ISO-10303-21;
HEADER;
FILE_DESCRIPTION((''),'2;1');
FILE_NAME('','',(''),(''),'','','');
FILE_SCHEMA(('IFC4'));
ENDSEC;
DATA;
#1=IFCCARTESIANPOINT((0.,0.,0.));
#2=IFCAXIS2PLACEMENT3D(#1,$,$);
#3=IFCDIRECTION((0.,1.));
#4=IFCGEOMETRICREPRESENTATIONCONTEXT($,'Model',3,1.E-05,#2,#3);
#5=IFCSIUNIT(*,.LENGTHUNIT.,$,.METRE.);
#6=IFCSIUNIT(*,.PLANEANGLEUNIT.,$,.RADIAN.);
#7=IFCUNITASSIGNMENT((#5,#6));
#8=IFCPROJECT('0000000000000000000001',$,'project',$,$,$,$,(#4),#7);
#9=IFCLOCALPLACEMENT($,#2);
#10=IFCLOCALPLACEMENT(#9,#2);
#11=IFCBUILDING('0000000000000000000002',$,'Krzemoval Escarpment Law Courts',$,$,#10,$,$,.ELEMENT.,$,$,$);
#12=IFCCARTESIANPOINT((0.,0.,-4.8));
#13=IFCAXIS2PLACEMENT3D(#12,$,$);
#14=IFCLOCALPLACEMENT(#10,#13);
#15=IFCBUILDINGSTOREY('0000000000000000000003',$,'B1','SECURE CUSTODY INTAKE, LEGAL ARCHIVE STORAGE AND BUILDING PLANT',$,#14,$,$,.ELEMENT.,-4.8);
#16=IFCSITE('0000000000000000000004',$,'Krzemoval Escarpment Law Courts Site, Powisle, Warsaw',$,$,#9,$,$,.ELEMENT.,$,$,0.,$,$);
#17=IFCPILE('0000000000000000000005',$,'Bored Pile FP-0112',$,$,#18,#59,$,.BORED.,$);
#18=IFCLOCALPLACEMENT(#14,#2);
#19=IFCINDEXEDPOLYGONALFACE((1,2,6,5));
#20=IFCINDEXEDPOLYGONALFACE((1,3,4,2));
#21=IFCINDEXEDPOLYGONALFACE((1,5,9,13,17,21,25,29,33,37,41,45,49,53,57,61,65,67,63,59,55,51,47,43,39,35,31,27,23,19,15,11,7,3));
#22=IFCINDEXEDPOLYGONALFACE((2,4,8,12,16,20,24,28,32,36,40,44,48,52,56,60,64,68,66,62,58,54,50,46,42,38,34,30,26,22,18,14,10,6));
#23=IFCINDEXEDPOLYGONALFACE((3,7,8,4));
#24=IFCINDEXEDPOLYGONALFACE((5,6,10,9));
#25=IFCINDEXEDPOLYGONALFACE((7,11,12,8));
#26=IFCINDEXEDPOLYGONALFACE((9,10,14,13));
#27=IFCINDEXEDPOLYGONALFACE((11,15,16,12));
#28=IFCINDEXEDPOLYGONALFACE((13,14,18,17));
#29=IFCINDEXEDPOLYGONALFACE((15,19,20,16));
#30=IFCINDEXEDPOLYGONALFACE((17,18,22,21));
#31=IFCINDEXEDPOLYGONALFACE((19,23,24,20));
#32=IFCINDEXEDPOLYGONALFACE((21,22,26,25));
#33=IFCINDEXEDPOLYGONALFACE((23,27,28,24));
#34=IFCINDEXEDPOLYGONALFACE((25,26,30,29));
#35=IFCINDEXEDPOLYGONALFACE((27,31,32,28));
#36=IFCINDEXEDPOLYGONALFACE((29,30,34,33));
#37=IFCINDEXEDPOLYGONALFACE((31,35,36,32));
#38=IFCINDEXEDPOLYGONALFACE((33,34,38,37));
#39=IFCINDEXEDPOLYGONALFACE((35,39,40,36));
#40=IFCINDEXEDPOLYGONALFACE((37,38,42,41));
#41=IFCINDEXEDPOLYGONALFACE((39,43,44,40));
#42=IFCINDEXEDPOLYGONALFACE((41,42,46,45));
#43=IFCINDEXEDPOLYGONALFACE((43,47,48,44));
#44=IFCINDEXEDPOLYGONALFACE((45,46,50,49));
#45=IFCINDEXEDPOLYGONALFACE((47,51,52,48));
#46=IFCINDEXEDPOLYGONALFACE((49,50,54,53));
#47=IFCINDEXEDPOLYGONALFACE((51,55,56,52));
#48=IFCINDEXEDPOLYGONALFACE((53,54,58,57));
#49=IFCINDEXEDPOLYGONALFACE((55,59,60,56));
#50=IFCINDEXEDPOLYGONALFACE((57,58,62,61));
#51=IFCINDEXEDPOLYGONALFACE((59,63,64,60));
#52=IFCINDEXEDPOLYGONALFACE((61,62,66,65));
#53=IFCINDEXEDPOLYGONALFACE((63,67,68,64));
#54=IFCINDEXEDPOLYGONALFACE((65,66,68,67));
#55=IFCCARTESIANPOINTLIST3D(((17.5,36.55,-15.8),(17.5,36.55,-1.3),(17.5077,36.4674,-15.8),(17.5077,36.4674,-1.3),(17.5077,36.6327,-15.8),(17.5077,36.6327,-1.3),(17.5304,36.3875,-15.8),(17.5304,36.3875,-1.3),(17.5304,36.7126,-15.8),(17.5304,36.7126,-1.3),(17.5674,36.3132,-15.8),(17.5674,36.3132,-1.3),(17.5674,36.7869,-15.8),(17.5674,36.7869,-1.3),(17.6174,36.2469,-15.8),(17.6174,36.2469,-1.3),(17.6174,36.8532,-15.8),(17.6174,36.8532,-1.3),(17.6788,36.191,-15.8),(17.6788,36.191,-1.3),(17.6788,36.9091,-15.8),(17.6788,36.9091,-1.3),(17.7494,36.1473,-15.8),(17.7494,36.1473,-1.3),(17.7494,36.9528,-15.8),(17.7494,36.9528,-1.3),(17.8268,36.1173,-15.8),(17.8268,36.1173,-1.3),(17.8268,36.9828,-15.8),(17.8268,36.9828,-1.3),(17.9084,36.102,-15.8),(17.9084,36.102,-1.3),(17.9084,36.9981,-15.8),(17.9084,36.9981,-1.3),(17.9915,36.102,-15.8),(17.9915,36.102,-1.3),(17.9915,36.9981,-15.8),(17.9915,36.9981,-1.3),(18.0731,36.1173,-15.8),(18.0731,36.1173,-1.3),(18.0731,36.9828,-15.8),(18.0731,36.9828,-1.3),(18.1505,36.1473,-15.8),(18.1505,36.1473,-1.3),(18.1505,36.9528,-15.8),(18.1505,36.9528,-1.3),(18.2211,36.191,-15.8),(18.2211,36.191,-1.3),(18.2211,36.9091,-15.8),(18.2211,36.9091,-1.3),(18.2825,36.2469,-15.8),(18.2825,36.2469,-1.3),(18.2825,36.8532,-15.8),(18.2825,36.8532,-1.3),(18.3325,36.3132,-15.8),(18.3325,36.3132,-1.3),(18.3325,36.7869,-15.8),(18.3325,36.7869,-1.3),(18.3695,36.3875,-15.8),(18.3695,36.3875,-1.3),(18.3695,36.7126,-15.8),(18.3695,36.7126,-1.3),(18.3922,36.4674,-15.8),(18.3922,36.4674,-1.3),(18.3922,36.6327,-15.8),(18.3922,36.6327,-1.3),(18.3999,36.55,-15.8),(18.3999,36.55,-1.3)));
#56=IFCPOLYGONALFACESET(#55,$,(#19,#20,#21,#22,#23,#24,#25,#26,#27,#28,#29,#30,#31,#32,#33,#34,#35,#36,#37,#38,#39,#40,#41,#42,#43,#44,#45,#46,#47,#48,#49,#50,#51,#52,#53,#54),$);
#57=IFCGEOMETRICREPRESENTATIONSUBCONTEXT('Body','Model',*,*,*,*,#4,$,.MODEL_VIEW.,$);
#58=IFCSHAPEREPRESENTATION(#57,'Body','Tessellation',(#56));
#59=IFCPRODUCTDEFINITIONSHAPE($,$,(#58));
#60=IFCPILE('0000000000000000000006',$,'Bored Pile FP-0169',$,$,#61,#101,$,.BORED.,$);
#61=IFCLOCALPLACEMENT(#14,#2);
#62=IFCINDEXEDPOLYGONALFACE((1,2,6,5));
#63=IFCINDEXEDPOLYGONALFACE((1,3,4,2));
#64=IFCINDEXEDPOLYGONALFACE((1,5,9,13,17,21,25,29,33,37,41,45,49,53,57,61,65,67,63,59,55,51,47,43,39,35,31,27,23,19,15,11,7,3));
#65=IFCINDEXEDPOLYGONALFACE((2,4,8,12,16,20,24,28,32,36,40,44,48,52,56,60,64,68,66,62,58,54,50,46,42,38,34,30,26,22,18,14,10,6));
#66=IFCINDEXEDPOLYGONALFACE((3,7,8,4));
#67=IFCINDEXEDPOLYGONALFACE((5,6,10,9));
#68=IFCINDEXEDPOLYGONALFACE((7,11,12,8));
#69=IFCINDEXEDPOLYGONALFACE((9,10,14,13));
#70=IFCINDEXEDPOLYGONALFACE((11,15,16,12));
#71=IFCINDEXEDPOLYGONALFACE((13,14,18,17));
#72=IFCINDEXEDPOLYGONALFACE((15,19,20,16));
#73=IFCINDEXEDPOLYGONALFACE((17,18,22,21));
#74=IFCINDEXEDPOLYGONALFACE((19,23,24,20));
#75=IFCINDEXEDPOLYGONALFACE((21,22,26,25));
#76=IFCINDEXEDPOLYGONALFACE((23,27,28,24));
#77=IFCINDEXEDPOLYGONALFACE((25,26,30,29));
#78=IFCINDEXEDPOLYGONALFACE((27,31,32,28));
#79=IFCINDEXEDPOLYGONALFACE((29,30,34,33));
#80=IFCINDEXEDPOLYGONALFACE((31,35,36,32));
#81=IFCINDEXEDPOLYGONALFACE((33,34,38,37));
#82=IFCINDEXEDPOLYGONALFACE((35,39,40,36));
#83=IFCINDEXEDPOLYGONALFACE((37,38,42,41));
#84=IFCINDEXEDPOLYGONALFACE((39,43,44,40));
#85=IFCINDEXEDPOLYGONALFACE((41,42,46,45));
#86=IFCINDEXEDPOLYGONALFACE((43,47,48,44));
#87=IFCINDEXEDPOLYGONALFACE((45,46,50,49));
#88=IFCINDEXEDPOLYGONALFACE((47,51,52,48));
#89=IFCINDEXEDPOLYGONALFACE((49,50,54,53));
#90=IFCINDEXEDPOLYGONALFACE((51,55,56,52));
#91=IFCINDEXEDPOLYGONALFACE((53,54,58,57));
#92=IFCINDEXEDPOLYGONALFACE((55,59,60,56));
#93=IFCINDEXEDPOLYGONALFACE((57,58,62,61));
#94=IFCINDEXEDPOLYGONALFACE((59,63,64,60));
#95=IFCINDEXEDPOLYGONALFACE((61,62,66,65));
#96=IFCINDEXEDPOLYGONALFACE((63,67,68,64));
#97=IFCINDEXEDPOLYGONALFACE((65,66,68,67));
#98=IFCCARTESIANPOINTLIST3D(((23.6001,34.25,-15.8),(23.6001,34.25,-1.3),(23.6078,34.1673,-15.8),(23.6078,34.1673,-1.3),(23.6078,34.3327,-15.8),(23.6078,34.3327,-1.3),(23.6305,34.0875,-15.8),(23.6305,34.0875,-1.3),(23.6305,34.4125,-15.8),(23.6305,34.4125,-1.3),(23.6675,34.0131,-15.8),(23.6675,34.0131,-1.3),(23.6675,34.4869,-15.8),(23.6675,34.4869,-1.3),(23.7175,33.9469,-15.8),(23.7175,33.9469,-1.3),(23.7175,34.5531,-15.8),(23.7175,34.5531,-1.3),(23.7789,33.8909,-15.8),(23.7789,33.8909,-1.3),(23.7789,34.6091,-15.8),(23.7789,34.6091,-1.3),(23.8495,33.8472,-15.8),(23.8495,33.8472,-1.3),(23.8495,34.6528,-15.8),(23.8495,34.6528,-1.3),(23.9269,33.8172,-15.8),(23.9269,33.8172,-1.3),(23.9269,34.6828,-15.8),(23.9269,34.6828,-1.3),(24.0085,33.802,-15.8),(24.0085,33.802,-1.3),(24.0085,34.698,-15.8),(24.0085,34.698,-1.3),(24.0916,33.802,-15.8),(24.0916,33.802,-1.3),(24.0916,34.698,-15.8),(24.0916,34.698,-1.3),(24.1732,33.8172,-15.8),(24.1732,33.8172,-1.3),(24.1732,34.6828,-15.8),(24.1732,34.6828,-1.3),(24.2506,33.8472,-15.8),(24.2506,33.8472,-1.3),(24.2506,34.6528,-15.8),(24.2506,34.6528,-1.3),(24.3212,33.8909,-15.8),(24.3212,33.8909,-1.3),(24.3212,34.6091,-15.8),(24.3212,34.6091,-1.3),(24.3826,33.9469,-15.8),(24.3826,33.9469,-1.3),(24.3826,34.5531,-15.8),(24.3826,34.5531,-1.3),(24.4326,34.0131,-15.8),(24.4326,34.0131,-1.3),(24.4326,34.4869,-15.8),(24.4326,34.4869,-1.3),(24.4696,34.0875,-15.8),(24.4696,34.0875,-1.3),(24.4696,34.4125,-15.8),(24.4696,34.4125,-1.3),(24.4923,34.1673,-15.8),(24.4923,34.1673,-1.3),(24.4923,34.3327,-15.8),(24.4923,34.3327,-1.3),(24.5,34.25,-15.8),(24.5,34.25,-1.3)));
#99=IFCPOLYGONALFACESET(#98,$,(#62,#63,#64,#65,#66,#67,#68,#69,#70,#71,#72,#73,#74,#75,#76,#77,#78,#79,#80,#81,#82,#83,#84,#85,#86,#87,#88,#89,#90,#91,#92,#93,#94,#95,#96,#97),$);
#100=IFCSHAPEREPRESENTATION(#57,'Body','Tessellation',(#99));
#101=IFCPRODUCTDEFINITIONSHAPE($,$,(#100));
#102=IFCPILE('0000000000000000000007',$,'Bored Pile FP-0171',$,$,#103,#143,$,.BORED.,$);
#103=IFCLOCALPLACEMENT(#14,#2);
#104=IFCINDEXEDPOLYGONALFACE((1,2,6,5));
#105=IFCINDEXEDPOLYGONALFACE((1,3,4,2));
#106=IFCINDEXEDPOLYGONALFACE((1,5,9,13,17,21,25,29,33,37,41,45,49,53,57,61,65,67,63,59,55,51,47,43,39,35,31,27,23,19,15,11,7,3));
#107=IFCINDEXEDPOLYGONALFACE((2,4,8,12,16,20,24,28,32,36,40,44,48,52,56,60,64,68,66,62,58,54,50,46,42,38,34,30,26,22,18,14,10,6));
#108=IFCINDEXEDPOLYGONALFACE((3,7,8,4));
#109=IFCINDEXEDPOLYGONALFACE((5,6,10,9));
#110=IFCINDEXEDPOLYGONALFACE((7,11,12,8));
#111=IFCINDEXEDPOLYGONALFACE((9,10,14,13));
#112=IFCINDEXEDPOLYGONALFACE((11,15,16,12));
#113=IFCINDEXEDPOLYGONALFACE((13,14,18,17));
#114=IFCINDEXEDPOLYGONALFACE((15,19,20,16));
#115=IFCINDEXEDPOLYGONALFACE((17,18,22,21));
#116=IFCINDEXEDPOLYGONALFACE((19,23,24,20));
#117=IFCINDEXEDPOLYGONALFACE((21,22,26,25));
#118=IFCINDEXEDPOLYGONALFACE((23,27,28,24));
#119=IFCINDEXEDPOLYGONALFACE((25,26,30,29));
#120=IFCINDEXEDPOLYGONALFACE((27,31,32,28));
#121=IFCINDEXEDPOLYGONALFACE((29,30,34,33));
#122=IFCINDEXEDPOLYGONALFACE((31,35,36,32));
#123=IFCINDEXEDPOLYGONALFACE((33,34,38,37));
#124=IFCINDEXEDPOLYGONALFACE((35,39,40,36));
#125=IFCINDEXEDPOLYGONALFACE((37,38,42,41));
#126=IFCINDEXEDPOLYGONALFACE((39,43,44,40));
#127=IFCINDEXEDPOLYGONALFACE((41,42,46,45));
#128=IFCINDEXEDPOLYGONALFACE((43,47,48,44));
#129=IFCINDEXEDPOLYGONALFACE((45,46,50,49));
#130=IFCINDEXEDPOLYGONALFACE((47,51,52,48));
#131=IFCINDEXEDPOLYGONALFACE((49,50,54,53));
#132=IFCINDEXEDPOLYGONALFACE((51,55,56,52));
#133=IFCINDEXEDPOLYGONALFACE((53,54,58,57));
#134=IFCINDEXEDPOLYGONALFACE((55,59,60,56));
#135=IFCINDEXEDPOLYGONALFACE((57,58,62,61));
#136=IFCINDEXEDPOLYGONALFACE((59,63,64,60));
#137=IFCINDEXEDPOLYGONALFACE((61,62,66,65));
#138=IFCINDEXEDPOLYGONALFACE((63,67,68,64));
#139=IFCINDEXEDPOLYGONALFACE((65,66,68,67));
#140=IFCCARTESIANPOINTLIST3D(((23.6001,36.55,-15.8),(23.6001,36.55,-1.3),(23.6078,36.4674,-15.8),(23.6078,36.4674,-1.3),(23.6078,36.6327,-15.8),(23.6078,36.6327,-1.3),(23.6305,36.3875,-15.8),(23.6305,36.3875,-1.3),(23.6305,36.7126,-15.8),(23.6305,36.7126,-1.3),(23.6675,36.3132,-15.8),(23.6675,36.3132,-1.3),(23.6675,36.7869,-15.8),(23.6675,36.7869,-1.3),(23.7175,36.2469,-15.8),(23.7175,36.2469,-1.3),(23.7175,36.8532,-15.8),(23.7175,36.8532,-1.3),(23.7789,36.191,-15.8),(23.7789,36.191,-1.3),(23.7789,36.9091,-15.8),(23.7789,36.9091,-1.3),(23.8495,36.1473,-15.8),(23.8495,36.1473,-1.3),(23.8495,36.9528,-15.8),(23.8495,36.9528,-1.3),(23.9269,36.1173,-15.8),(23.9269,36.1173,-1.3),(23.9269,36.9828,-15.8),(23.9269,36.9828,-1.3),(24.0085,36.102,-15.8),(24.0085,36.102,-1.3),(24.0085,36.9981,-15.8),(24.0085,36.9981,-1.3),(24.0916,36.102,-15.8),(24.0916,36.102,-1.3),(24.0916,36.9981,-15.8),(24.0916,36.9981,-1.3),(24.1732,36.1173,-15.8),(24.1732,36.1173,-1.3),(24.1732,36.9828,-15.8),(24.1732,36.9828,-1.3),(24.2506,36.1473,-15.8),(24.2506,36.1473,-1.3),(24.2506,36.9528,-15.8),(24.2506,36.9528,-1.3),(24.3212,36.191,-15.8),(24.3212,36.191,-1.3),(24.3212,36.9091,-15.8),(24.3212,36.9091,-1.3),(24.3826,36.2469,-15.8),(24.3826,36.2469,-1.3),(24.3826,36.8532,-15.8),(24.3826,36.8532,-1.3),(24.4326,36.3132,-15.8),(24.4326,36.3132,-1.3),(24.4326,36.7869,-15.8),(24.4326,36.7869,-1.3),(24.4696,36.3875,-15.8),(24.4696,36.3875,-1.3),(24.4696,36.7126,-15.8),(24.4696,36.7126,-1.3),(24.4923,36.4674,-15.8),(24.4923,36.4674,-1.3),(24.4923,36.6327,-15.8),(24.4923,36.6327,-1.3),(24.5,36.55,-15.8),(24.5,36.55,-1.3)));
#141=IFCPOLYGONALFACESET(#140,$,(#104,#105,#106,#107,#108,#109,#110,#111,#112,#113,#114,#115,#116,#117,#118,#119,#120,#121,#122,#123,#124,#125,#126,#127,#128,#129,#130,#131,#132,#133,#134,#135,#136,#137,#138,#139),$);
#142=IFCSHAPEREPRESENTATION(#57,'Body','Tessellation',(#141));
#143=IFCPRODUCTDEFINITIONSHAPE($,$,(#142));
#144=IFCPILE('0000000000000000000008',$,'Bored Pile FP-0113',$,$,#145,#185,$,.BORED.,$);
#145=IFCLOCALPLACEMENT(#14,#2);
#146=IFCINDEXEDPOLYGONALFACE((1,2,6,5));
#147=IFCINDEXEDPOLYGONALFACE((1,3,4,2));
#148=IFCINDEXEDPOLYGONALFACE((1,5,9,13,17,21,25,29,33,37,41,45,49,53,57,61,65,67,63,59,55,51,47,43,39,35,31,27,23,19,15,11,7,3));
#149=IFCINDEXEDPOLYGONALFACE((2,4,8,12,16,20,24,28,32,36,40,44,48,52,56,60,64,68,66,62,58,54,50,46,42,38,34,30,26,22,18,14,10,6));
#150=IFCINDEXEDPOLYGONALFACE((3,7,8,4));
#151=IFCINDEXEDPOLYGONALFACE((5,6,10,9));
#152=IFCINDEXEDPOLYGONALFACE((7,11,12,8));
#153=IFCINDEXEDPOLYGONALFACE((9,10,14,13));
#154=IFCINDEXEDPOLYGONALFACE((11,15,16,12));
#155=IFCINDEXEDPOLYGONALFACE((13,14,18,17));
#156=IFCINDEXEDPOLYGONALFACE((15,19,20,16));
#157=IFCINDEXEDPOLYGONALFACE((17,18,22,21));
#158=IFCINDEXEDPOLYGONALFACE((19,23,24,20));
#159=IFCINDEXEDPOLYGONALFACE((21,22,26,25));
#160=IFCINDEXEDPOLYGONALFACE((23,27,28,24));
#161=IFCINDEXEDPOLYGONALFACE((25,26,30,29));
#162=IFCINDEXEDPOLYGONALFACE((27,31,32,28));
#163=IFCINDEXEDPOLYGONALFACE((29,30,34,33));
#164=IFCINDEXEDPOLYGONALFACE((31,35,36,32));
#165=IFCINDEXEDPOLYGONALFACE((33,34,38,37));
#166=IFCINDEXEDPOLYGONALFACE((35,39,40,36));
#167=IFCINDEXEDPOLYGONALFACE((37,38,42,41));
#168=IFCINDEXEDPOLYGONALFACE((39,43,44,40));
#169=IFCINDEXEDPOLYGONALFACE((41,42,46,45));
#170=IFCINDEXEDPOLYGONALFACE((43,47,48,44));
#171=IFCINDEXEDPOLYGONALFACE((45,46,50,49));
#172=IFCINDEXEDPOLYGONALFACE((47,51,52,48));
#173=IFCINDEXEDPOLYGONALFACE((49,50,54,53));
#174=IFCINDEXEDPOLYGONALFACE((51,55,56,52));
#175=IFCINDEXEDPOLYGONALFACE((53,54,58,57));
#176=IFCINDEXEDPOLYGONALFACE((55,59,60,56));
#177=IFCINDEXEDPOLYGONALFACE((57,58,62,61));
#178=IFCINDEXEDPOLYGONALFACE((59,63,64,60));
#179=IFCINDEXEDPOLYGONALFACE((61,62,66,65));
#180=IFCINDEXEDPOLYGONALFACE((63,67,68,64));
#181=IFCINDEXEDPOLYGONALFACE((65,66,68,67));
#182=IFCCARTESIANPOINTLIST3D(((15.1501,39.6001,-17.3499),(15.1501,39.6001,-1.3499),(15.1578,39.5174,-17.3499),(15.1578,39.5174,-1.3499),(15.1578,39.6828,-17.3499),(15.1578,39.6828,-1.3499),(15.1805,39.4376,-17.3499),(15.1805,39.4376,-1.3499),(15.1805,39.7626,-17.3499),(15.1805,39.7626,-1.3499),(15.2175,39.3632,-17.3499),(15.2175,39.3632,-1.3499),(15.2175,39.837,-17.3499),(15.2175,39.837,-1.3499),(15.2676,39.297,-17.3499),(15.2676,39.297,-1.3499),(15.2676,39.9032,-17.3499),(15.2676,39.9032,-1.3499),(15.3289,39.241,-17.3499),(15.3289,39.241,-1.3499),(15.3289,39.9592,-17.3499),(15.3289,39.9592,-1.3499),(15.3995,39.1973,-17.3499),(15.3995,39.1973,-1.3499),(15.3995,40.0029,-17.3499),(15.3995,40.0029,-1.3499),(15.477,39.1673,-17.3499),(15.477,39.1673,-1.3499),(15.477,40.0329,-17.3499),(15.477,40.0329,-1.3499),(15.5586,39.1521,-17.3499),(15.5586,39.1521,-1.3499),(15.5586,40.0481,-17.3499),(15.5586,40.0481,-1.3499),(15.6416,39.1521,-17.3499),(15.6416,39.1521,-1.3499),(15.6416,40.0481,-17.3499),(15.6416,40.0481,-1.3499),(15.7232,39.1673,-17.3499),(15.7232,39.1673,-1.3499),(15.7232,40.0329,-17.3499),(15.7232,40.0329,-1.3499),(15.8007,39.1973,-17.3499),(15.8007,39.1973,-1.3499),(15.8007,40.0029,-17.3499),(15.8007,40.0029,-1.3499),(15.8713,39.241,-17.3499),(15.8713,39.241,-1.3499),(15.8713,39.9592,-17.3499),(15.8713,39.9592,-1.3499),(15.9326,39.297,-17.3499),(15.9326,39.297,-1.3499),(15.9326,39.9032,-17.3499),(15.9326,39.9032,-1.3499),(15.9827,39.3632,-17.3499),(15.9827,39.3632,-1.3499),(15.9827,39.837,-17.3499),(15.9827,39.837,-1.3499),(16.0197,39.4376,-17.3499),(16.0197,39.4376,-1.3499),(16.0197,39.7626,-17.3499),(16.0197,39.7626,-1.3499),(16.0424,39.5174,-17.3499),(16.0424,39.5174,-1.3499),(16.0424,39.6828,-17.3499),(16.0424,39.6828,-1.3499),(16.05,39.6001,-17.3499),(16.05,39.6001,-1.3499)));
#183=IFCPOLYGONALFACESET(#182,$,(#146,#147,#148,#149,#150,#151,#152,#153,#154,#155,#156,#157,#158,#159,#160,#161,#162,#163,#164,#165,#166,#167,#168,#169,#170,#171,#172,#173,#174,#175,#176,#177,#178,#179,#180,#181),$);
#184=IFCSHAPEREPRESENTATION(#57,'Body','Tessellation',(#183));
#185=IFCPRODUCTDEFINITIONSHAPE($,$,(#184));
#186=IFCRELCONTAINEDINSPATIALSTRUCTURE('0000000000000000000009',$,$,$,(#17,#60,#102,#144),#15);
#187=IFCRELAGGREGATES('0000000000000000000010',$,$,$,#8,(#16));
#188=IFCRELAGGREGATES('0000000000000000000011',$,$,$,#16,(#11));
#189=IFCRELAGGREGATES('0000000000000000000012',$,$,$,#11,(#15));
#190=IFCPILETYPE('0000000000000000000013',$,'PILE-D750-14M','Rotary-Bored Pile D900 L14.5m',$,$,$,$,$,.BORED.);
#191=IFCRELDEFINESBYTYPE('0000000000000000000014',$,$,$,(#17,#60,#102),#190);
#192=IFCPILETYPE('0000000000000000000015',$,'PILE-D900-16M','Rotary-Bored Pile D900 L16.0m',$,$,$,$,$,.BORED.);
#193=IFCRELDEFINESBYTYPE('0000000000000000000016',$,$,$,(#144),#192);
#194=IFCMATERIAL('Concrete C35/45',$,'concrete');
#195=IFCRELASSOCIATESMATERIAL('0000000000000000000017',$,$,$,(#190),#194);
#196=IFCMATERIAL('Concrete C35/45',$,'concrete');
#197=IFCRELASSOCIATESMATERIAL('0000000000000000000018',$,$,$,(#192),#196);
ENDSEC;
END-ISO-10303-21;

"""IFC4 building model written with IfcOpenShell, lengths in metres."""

from ifc_helpers import new_model, si_unit, direction, frame, origin, origin_2d, place, context, subcontext, project, spatial, circle, extrude, material, material_profile, profile_set, type_object, element, save


model = new_model("IFC4")

# Units and contexts
model_context = context("Model", 3, precision=1e-05, world=origin(), true_north=direction((0.0, 1.0)))
body_context = subcontext(model_context, "Body", "Model", "MODEL_VIEW")
ifc_project = project(units=[si_unit("LENGTHUNIT", "METRE"), si_unit("PLANEANGLEUNIT", "RADIAN")], contexts=[model_context])

# Site, building, storey
site_placement = place(None, origin())
site = spatial("IfcSite", under=ifc_project, at=site_placement, Name="Krzemoval Escarpment Law Courts Site, Powisle, Warsaw", CompositionType="ELEMENT", RefElevation=0.0)
building_placement = place(site_placement, origin())
building = spatial("IfcBuilding", under=site, at=building_placement, Name="Krzemoval Escarpment Law Courts", CompositionType="ELEMENT")
storey_placement = place(building_placement, frame((0.0, 0.0, -4.8)))
storey = spatial("IfcBuildingStorey", under=building, at=storey_placement, Name="B1", Description="SECURE CUSTODY INTAKE, LEGAL ARCHIVE STORAGE AND BUILDING PLANT", CompositionType="ELEMENT", Elevation=-4.8)

# Piles
ifc_material_1 = material(Name="Concrete C35/45", Category="concrete")
ifc_material_profile_1 = material_profile(ifc_material_1, circle(Radius=0.45, at=origin_2d()), Name="PILE D900")
ifc_profile_set_1 = profile_set([ifc_material_profile_1], Name="Concrete C35/45")
pile_type_1 = type_object("IfcPileType", Name="PILE-D750-14M", Description="Rotary-Bored Pile D900 L14.5m", PredefinedType="BORED", material=ifc_profile_set_1)
for number, where, z_axis, x_axis, name in (
    (1, (17.95, 36.55, -1.3), (0.0, 0.0, -1.0), (1.0, 0.0, 0.0), "Bored Pile FP-0112"),
    (2, (24.05, 34.25, -1.3), (0.0, 0.0, -1.0), (1.0, 0.0, 0.0), "Bored Pile FP-0169"),
    (3, (24.05, 36.55, -1.3), (0.0, 0.0, -1.0), (1.0, 0.0, 0.0), "Bored Pile FP-0171"),
):
    element("IfcPile", number, at=place(storey_placement, frame(where, z_axis=z_axis, x_axis=x_axis)), inside=storey, type_object=pile_type_1, Name=name, PredefinedType="BORED", context=body_context, shape_type="SweptSolid", body=[
        extrude(circle(Radius=0.45, at=origin_2d()), origin(), (0.0, 0.0, 1.0), 14.5),
    ])
ifc_material_2 = material(Name="Concrete C35/45", Category="concrete")
ifc_material_profile_2 = material_profile(ifc_material_2, circle(Radius=0.45, at=origin_2d()), Name="PILE D900")
ifc_profile_set_2 = profile_set([ifc_material_profile_2], Name="Concrete C35/45")
pile_type_2 = type_object("IfcPileType", Name="PILE-D900-16M", Description="Rotary-Bored Pile D900 L16.0m", PredefinedType="BORED", material=ifc_profile_set_2)
for number, where, z_axis, x_axis, name in (
    (4, (15.6001, 39.6001, -1.3499), (0.0, 0.0, -1.0), (1.0, 0.0, 0.0), "Bored Pile FP-0113"),
):
    element("IfcPile", number, at=place(storey_placement, frame(where, z_axis=z_axis, x_axis=x_axis)), inside=storey, type_object=pile_type_2, Name=name, PredefinedType="BORED", context=body_context, shape_type="SweptSolid", body=[
        extrude(circle(Radius=0.45, at=origin_2d()), origin(), (0.0, 0.0, 1.0), 16.0),
    ])

save(model, "model.ifc")
